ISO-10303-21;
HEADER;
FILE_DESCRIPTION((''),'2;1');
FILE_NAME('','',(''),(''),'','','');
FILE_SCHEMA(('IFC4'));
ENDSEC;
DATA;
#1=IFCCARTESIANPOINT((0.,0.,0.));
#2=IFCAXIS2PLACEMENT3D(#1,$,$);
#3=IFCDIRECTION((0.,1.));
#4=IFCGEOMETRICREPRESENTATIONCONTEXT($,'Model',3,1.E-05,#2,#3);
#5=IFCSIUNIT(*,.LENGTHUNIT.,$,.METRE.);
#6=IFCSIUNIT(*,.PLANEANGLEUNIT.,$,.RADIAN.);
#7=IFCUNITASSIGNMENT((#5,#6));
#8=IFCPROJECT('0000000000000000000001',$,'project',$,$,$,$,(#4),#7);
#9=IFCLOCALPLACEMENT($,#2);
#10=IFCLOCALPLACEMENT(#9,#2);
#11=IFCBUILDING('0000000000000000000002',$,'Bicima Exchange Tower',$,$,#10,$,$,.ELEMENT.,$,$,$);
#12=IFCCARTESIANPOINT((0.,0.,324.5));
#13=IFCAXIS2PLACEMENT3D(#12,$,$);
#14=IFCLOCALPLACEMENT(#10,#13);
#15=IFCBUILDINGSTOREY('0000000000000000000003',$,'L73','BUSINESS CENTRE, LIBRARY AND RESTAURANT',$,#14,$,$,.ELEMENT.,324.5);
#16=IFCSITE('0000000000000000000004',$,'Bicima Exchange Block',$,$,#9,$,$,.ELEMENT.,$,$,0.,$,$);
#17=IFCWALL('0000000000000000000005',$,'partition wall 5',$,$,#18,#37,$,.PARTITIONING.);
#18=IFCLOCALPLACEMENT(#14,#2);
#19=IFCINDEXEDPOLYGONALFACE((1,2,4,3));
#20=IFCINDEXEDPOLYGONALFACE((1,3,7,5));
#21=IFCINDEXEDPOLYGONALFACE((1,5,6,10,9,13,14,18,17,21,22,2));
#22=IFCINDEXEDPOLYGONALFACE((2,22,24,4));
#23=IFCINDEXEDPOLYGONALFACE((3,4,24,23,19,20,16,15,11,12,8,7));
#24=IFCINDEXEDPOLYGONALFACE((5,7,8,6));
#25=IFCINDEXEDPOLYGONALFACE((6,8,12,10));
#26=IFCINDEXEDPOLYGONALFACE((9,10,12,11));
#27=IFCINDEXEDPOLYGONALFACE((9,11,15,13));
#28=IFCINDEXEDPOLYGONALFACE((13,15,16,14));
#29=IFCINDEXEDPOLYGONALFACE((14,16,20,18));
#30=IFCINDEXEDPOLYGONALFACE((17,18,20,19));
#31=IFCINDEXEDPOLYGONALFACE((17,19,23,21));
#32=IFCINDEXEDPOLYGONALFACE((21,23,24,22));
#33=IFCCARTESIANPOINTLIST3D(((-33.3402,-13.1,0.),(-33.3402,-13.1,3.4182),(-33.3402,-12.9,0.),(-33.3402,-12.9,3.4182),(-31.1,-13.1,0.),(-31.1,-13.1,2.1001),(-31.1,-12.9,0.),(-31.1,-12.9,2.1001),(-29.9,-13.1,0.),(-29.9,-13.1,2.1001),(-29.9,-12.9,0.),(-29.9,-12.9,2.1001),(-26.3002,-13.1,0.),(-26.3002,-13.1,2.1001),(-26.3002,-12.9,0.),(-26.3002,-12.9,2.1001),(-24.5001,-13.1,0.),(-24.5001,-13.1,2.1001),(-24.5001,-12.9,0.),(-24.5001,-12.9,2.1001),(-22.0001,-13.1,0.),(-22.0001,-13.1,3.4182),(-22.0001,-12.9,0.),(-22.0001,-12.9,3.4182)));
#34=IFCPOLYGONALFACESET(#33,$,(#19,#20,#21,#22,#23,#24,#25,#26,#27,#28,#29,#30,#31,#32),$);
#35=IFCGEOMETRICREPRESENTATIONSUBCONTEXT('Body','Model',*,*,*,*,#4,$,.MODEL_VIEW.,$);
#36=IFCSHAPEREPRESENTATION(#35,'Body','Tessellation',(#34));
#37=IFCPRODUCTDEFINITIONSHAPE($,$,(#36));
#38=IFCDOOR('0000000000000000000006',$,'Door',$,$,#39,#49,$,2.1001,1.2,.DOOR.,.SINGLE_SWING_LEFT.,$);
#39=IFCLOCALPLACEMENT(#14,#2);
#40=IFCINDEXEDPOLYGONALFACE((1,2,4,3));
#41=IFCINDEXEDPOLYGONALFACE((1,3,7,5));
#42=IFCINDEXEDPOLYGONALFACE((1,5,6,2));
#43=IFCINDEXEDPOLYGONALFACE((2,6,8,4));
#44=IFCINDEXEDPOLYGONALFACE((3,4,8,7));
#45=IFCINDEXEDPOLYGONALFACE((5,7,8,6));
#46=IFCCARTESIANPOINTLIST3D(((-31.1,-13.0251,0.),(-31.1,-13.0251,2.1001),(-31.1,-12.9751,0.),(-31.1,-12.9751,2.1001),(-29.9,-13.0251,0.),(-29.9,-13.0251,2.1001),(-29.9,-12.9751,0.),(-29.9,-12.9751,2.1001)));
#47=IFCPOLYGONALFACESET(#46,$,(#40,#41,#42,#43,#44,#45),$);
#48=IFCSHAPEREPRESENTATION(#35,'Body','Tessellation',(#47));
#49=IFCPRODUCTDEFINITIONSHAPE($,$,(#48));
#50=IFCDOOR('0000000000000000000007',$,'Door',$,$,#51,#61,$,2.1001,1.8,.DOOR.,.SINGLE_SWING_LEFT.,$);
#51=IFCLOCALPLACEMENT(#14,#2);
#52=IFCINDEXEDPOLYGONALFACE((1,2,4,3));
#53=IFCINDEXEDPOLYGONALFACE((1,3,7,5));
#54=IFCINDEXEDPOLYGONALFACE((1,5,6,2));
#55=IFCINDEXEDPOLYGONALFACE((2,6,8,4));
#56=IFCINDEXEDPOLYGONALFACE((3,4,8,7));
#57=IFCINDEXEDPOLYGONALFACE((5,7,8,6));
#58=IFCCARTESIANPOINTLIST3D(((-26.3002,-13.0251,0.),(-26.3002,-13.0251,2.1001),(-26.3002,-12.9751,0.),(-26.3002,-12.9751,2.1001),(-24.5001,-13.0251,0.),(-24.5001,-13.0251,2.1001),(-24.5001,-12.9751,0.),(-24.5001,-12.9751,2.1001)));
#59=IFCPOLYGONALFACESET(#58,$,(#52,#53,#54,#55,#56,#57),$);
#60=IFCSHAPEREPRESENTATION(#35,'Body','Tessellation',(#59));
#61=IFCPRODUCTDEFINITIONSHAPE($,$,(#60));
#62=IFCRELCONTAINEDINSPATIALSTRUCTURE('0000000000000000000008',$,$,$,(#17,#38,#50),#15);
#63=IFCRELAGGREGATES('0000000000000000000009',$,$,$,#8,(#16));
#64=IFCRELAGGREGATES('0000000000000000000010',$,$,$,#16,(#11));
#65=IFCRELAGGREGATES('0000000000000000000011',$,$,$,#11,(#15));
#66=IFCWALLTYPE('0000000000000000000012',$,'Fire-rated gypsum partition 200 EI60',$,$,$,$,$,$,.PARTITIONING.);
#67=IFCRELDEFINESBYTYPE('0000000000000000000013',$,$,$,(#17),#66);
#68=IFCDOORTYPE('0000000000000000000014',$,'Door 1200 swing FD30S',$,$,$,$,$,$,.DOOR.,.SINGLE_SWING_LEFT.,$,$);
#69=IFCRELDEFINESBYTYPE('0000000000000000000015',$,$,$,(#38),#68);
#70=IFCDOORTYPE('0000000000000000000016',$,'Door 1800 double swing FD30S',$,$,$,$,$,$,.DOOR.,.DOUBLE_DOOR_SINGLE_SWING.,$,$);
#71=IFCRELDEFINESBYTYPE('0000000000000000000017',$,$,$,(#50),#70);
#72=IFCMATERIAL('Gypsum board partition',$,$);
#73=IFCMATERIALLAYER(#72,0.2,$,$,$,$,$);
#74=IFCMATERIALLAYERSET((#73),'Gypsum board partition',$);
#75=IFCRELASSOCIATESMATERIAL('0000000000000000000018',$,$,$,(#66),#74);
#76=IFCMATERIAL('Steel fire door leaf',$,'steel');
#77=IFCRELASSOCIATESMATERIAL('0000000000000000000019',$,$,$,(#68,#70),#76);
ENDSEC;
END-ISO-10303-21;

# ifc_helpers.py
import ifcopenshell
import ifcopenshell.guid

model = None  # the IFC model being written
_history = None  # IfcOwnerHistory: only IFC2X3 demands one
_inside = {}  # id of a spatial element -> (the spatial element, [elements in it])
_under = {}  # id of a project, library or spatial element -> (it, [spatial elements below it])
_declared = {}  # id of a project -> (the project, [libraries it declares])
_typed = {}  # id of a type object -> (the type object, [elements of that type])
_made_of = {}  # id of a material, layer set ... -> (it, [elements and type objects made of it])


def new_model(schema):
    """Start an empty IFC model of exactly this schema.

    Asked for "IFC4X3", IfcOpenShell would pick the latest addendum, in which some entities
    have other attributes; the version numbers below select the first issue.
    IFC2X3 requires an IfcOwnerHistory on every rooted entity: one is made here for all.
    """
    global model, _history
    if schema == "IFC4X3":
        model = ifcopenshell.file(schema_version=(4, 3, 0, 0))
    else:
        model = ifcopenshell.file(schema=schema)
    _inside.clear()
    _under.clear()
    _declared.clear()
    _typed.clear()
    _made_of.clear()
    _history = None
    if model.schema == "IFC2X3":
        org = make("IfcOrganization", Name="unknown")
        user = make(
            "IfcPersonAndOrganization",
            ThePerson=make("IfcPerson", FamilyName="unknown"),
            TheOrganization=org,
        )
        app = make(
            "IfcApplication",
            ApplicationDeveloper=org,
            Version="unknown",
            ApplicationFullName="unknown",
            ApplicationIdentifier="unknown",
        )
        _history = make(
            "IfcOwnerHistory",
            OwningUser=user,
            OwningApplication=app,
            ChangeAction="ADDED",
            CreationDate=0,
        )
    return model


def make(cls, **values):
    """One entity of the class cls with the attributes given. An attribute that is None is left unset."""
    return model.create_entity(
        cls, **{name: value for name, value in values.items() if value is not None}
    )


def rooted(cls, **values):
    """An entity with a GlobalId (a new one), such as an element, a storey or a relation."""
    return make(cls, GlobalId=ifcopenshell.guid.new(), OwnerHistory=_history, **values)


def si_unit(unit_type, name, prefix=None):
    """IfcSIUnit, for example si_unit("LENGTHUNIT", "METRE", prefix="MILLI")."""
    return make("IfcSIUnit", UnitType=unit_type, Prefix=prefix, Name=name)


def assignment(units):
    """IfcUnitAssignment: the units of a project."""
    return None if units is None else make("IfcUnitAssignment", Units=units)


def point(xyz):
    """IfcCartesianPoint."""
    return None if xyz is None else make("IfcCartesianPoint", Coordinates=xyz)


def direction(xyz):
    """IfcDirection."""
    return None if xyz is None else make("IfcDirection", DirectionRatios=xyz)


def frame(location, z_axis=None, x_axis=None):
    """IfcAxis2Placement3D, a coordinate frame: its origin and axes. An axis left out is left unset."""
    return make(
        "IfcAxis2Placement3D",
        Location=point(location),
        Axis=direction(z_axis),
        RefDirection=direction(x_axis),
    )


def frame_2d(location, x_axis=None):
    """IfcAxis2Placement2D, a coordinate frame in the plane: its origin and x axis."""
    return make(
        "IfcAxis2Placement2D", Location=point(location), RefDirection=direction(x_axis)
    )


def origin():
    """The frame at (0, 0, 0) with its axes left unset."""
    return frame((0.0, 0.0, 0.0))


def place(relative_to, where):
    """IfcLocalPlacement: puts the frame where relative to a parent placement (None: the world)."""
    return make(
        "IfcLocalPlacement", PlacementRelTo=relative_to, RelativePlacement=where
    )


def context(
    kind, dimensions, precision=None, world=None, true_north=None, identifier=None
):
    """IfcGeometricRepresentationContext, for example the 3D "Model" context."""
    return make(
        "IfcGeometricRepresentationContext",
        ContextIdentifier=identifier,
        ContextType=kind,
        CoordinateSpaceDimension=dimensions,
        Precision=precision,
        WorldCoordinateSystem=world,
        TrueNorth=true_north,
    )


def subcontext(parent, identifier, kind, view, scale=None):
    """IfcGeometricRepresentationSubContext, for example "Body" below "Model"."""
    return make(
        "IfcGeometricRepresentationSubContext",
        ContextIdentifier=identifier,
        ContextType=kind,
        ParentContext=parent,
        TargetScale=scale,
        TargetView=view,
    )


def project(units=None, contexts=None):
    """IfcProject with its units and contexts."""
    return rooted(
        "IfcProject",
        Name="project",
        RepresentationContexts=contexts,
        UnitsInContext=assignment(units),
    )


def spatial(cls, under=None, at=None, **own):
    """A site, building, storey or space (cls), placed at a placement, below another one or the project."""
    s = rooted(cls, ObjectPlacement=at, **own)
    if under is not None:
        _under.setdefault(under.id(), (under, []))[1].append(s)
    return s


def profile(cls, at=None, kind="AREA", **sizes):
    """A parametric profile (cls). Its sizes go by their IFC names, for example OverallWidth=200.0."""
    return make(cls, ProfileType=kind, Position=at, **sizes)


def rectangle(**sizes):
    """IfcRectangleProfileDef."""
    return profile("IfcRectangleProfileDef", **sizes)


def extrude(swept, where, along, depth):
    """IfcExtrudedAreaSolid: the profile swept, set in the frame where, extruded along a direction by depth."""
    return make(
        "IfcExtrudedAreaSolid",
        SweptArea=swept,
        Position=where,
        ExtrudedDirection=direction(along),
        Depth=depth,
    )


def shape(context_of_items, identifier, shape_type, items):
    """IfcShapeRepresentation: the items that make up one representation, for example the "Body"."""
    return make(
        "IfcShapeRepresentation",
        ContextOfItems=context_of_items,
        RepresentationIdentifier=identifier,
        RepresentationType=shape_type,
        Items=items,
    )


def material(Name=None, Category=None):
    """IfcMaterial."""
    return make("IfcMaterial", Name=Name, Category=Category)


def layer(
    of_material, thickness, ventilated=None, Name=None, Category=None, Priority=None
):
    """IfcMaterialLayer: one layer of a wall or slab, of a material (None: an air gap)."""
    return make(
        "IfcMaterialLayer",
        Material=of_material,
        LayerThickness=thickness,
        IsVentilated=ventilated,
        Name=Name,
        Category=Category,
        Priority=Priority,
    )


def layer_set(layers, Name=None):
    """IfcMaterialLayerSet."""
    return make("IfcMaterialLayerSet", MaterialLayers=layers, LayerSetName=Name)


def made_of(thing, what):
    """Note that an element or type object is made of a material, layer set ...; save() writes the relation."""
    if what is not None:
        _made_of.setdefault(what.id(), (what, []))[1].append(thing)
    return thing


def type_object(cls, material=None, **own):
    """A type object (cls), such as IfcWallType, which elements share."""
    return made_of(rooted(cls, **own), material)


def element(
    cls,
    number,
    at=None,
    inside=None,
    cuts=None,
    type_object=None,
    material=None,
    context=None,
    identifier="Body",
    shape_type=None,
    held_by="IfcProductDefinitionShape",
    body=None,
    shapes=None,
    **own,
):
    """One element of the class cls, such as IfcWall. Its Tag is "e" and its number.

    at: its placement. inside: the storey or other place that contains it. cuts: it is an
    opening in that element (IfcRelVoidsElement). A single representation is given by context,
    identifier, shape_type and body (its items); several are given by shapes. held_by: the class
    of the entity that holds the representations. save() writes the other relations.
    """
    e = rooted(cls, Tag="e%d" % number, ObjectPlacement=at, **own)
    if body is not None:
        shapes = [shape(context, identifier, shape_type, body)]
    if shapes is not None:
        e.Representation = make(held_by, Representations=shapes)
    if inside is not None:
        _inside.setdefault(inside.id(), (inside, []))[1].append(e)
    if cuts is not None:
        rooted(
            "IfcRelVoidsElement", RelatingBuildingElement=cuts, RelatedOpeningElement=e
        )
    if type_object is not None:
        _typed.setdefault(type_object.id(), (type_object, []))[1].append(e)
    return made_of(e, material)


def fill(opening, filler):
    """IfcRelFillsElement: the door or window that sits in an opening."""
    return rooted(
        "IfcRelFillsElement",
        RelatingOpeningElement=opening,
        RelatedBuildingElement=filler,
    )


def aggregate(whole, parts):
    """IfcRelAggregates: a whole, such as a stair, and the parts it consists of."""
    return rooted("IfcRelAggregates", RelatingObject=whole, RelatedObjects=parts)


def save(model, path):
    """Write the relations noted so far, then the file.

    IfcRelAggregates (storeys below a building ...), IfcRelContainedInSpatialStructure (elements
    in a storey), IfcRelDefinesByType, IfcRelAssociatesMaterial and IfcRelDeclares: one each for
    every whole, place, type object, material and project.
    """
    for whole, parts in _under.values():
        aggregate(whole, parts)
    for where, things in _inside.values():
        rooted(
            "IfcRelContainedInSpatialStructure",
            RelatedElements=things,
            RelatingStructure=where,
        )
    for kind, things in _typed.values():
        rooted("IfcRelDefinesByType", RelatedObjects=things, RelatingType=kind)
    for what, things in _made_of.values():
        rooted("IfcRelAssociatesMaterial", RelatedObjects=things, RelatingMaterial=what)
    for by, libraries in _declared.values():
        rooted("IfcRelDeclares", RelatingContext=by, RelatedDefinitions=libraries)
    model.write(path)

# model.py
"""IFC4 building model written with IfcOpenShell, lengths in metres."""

from ifc_helpers import new_model, si_unit, direction, frame, frame_2d, origin, place, context, subcontext, project, spatial, rectangle, extrude, material, layer, layer_set, type_object, element, fill, save


model = new_model("IFC4")

# Units and contexts
model_context = context("Model", 3, precision=1e-05, world=origin(), true_north=direction((0.0, 1.0)))
body_context = subcontext(model_context, "Body", "Model", "MODEL_VIEW")
ifc_project = project(units=[si_unit("LENGTHUNIT", "METRE"), si_unit("PLANEANGLEUNIT", "RADIAN")], contexts=[model_context])

# Site, building, storey
site_placement = place(None, origin())
site = spatial("IfcSite", under=ifc_project, at=site_placement, Name="Bicima Exchange Block", CompositionType="ELEMENT", RefElevation=0.0)
building_placement = place(site_placement, origin())
building = spatial("IfcBuilding", under=site, at=building_placement, Name="Bicima Exchange Tower", CompositionType="ELEMENT")
storey_placement = place(building_placement, frame((0.0, 0.0, 324.5)))
storey = spatial("IfcBuildingStorey", under=building, at=storey_placement, Name="L73", Description="BUSINESS CENTRE, LIBRARY AND RESTAURANT", CompositionType="ELEMENT", Elevation=324.5)

# Wall, openings, doors
ifc_material_1 = material(Name="Gypsum board partition")
ifc_layer_1 = layer(ifc_material_1, 0.2)
ifc_layer_set_1 = layer_set([ifc_layer_1], Name="Gypsum board partition")
wall_type = type_object("IfcWallType", Name="Fire-rated gypsum partition 200 EI60", PredefinedType="PARTITIONING", material=ifc_layer_set_1)
ifc_material_2 = material(Name="Steel fire door leaf", Category="steel")
wall_1_placement = place(storey_placement, frame((-33.3401, -13.0, 0.0), z_axis=(0.0, 0.0, 1.0), x_axis=(1.0, 0.0, 0.0)))
wall_1 = element("IfcWall", 1, at=wall_1_placement, inside=storey, type_object=wall_type, Name="partition wall 5", PredefinedType="PARTITIONING", context=body_context, shape_type="SweptSolid", body=[
    extrude(rectangle(XDim=11.3401, YDim=0.2, at=frame_2d((5.6699, 0.0))), origin(), (0.0, 0.0, 1.0), 3.4182),
])
opening_1_placement = place(wall_1_placement, frame((2.24, 0.0, 0.0)))
opening_1 = element("IfcOpeningElement", 2, at=opening_1_placement, cuts=wall_1, PredefinedType="OPENING", context=body_context, shape_type="SweptSolid", body=[
    extrude(rectangle(XDim=1.2, YDim=2.1001, at=frame_2d((0.6001, 1.05))), frame((0.0, 0.1118, 0.0), z_axis=(0.0, -1.0, 0.0), x_axis=(1.0, 0.0, 0.0)), (0.0, 0.0, 1.0), 0.2239),
])
opening_2_placement = place(wall_1_placement, frame((7.04, 0.0, 0.0)))
opening_2 = element("IfcOpeningElement", 3, at=opening_2_placement, cuts=wall_1, PredefinedType="OPENING", context=body_context, shape_type="SweptSolid", body=[
    extrude(rectangle(XDim=1.8, YDim=2.1001, at=frame_2d((0.8999, 1.05))), frame((0.0, 0.1118, 0.0), z_axis=(0.0, -1.0, 0.0), x_axis=(1.0, 0.0, 0.0)), (0.0, 0.0, 1.0), 0.2239),
])
door_type_1 = type_object("IfcDoorType", Name="Door 1200 swing FD30S", OperationType="SINGLE_SWING_LEFT", PredefinedType="DOOR", material=ifc_material_2)
door_1_placement = place(opening_1_placement, origin())
door_1 = element("IfcDoor", 4, at=door_1_placement, inside=storey, type_object=door_type_1, Name="Door", OperationType="SINGLE_SWING_LEFT", OverallHeight=2.1001, OverallWidth=1.2, PredefinedType="DOOR", context=body_context, shape_type="SweptSolid", body=[
    extrude(rectangle(XDim=1.2, YDim=2.1001, at=frame_2d((0.6001, 1.05))), frame((0.0, 0.0249, 0.0), z_axis=(0.0, -1.0, 0.0), x_axis=(1.0, 0.0, 0.0)), (0.0, 0.0, 1.0), 0.05),
])
fill(opening_1, door_1)
door_type_2 = type_object("IfcDoorType", Name="Door 1800 double swing FD30S", OperationType="DOUBLE_DOOR_SINGLE_SWING", PredefinedType="DOOR", material=ifc_material_2)
door_2_placement = place(opening_2_placement, origin())
door_2 = element("IfcDoor", 5, at=door_2_placement, inside=storey, type_object=door_type_2, Name="Door", OperationType="SINGLE_SWING_LEFT", OverallHeight=2.1001, OverallWidth=1.8, PredefinedType="DOOR", context=body_context, shape_type="SweptSolid", body=[
    extrude(rectangle(XDim=1.8, YDim=2.1001, at=frame_2d((0.8999, 1.05))), frame((0.0, 0.0249, 0.0), z_axis=(0.0, -1.0, 0.0), x_axis=(1.0, 0.0, 0.0)), (0.0, 0.0, 1.0), 0.05),
])
fill(opening_2, door_2)

save(model, "model.ifc")
